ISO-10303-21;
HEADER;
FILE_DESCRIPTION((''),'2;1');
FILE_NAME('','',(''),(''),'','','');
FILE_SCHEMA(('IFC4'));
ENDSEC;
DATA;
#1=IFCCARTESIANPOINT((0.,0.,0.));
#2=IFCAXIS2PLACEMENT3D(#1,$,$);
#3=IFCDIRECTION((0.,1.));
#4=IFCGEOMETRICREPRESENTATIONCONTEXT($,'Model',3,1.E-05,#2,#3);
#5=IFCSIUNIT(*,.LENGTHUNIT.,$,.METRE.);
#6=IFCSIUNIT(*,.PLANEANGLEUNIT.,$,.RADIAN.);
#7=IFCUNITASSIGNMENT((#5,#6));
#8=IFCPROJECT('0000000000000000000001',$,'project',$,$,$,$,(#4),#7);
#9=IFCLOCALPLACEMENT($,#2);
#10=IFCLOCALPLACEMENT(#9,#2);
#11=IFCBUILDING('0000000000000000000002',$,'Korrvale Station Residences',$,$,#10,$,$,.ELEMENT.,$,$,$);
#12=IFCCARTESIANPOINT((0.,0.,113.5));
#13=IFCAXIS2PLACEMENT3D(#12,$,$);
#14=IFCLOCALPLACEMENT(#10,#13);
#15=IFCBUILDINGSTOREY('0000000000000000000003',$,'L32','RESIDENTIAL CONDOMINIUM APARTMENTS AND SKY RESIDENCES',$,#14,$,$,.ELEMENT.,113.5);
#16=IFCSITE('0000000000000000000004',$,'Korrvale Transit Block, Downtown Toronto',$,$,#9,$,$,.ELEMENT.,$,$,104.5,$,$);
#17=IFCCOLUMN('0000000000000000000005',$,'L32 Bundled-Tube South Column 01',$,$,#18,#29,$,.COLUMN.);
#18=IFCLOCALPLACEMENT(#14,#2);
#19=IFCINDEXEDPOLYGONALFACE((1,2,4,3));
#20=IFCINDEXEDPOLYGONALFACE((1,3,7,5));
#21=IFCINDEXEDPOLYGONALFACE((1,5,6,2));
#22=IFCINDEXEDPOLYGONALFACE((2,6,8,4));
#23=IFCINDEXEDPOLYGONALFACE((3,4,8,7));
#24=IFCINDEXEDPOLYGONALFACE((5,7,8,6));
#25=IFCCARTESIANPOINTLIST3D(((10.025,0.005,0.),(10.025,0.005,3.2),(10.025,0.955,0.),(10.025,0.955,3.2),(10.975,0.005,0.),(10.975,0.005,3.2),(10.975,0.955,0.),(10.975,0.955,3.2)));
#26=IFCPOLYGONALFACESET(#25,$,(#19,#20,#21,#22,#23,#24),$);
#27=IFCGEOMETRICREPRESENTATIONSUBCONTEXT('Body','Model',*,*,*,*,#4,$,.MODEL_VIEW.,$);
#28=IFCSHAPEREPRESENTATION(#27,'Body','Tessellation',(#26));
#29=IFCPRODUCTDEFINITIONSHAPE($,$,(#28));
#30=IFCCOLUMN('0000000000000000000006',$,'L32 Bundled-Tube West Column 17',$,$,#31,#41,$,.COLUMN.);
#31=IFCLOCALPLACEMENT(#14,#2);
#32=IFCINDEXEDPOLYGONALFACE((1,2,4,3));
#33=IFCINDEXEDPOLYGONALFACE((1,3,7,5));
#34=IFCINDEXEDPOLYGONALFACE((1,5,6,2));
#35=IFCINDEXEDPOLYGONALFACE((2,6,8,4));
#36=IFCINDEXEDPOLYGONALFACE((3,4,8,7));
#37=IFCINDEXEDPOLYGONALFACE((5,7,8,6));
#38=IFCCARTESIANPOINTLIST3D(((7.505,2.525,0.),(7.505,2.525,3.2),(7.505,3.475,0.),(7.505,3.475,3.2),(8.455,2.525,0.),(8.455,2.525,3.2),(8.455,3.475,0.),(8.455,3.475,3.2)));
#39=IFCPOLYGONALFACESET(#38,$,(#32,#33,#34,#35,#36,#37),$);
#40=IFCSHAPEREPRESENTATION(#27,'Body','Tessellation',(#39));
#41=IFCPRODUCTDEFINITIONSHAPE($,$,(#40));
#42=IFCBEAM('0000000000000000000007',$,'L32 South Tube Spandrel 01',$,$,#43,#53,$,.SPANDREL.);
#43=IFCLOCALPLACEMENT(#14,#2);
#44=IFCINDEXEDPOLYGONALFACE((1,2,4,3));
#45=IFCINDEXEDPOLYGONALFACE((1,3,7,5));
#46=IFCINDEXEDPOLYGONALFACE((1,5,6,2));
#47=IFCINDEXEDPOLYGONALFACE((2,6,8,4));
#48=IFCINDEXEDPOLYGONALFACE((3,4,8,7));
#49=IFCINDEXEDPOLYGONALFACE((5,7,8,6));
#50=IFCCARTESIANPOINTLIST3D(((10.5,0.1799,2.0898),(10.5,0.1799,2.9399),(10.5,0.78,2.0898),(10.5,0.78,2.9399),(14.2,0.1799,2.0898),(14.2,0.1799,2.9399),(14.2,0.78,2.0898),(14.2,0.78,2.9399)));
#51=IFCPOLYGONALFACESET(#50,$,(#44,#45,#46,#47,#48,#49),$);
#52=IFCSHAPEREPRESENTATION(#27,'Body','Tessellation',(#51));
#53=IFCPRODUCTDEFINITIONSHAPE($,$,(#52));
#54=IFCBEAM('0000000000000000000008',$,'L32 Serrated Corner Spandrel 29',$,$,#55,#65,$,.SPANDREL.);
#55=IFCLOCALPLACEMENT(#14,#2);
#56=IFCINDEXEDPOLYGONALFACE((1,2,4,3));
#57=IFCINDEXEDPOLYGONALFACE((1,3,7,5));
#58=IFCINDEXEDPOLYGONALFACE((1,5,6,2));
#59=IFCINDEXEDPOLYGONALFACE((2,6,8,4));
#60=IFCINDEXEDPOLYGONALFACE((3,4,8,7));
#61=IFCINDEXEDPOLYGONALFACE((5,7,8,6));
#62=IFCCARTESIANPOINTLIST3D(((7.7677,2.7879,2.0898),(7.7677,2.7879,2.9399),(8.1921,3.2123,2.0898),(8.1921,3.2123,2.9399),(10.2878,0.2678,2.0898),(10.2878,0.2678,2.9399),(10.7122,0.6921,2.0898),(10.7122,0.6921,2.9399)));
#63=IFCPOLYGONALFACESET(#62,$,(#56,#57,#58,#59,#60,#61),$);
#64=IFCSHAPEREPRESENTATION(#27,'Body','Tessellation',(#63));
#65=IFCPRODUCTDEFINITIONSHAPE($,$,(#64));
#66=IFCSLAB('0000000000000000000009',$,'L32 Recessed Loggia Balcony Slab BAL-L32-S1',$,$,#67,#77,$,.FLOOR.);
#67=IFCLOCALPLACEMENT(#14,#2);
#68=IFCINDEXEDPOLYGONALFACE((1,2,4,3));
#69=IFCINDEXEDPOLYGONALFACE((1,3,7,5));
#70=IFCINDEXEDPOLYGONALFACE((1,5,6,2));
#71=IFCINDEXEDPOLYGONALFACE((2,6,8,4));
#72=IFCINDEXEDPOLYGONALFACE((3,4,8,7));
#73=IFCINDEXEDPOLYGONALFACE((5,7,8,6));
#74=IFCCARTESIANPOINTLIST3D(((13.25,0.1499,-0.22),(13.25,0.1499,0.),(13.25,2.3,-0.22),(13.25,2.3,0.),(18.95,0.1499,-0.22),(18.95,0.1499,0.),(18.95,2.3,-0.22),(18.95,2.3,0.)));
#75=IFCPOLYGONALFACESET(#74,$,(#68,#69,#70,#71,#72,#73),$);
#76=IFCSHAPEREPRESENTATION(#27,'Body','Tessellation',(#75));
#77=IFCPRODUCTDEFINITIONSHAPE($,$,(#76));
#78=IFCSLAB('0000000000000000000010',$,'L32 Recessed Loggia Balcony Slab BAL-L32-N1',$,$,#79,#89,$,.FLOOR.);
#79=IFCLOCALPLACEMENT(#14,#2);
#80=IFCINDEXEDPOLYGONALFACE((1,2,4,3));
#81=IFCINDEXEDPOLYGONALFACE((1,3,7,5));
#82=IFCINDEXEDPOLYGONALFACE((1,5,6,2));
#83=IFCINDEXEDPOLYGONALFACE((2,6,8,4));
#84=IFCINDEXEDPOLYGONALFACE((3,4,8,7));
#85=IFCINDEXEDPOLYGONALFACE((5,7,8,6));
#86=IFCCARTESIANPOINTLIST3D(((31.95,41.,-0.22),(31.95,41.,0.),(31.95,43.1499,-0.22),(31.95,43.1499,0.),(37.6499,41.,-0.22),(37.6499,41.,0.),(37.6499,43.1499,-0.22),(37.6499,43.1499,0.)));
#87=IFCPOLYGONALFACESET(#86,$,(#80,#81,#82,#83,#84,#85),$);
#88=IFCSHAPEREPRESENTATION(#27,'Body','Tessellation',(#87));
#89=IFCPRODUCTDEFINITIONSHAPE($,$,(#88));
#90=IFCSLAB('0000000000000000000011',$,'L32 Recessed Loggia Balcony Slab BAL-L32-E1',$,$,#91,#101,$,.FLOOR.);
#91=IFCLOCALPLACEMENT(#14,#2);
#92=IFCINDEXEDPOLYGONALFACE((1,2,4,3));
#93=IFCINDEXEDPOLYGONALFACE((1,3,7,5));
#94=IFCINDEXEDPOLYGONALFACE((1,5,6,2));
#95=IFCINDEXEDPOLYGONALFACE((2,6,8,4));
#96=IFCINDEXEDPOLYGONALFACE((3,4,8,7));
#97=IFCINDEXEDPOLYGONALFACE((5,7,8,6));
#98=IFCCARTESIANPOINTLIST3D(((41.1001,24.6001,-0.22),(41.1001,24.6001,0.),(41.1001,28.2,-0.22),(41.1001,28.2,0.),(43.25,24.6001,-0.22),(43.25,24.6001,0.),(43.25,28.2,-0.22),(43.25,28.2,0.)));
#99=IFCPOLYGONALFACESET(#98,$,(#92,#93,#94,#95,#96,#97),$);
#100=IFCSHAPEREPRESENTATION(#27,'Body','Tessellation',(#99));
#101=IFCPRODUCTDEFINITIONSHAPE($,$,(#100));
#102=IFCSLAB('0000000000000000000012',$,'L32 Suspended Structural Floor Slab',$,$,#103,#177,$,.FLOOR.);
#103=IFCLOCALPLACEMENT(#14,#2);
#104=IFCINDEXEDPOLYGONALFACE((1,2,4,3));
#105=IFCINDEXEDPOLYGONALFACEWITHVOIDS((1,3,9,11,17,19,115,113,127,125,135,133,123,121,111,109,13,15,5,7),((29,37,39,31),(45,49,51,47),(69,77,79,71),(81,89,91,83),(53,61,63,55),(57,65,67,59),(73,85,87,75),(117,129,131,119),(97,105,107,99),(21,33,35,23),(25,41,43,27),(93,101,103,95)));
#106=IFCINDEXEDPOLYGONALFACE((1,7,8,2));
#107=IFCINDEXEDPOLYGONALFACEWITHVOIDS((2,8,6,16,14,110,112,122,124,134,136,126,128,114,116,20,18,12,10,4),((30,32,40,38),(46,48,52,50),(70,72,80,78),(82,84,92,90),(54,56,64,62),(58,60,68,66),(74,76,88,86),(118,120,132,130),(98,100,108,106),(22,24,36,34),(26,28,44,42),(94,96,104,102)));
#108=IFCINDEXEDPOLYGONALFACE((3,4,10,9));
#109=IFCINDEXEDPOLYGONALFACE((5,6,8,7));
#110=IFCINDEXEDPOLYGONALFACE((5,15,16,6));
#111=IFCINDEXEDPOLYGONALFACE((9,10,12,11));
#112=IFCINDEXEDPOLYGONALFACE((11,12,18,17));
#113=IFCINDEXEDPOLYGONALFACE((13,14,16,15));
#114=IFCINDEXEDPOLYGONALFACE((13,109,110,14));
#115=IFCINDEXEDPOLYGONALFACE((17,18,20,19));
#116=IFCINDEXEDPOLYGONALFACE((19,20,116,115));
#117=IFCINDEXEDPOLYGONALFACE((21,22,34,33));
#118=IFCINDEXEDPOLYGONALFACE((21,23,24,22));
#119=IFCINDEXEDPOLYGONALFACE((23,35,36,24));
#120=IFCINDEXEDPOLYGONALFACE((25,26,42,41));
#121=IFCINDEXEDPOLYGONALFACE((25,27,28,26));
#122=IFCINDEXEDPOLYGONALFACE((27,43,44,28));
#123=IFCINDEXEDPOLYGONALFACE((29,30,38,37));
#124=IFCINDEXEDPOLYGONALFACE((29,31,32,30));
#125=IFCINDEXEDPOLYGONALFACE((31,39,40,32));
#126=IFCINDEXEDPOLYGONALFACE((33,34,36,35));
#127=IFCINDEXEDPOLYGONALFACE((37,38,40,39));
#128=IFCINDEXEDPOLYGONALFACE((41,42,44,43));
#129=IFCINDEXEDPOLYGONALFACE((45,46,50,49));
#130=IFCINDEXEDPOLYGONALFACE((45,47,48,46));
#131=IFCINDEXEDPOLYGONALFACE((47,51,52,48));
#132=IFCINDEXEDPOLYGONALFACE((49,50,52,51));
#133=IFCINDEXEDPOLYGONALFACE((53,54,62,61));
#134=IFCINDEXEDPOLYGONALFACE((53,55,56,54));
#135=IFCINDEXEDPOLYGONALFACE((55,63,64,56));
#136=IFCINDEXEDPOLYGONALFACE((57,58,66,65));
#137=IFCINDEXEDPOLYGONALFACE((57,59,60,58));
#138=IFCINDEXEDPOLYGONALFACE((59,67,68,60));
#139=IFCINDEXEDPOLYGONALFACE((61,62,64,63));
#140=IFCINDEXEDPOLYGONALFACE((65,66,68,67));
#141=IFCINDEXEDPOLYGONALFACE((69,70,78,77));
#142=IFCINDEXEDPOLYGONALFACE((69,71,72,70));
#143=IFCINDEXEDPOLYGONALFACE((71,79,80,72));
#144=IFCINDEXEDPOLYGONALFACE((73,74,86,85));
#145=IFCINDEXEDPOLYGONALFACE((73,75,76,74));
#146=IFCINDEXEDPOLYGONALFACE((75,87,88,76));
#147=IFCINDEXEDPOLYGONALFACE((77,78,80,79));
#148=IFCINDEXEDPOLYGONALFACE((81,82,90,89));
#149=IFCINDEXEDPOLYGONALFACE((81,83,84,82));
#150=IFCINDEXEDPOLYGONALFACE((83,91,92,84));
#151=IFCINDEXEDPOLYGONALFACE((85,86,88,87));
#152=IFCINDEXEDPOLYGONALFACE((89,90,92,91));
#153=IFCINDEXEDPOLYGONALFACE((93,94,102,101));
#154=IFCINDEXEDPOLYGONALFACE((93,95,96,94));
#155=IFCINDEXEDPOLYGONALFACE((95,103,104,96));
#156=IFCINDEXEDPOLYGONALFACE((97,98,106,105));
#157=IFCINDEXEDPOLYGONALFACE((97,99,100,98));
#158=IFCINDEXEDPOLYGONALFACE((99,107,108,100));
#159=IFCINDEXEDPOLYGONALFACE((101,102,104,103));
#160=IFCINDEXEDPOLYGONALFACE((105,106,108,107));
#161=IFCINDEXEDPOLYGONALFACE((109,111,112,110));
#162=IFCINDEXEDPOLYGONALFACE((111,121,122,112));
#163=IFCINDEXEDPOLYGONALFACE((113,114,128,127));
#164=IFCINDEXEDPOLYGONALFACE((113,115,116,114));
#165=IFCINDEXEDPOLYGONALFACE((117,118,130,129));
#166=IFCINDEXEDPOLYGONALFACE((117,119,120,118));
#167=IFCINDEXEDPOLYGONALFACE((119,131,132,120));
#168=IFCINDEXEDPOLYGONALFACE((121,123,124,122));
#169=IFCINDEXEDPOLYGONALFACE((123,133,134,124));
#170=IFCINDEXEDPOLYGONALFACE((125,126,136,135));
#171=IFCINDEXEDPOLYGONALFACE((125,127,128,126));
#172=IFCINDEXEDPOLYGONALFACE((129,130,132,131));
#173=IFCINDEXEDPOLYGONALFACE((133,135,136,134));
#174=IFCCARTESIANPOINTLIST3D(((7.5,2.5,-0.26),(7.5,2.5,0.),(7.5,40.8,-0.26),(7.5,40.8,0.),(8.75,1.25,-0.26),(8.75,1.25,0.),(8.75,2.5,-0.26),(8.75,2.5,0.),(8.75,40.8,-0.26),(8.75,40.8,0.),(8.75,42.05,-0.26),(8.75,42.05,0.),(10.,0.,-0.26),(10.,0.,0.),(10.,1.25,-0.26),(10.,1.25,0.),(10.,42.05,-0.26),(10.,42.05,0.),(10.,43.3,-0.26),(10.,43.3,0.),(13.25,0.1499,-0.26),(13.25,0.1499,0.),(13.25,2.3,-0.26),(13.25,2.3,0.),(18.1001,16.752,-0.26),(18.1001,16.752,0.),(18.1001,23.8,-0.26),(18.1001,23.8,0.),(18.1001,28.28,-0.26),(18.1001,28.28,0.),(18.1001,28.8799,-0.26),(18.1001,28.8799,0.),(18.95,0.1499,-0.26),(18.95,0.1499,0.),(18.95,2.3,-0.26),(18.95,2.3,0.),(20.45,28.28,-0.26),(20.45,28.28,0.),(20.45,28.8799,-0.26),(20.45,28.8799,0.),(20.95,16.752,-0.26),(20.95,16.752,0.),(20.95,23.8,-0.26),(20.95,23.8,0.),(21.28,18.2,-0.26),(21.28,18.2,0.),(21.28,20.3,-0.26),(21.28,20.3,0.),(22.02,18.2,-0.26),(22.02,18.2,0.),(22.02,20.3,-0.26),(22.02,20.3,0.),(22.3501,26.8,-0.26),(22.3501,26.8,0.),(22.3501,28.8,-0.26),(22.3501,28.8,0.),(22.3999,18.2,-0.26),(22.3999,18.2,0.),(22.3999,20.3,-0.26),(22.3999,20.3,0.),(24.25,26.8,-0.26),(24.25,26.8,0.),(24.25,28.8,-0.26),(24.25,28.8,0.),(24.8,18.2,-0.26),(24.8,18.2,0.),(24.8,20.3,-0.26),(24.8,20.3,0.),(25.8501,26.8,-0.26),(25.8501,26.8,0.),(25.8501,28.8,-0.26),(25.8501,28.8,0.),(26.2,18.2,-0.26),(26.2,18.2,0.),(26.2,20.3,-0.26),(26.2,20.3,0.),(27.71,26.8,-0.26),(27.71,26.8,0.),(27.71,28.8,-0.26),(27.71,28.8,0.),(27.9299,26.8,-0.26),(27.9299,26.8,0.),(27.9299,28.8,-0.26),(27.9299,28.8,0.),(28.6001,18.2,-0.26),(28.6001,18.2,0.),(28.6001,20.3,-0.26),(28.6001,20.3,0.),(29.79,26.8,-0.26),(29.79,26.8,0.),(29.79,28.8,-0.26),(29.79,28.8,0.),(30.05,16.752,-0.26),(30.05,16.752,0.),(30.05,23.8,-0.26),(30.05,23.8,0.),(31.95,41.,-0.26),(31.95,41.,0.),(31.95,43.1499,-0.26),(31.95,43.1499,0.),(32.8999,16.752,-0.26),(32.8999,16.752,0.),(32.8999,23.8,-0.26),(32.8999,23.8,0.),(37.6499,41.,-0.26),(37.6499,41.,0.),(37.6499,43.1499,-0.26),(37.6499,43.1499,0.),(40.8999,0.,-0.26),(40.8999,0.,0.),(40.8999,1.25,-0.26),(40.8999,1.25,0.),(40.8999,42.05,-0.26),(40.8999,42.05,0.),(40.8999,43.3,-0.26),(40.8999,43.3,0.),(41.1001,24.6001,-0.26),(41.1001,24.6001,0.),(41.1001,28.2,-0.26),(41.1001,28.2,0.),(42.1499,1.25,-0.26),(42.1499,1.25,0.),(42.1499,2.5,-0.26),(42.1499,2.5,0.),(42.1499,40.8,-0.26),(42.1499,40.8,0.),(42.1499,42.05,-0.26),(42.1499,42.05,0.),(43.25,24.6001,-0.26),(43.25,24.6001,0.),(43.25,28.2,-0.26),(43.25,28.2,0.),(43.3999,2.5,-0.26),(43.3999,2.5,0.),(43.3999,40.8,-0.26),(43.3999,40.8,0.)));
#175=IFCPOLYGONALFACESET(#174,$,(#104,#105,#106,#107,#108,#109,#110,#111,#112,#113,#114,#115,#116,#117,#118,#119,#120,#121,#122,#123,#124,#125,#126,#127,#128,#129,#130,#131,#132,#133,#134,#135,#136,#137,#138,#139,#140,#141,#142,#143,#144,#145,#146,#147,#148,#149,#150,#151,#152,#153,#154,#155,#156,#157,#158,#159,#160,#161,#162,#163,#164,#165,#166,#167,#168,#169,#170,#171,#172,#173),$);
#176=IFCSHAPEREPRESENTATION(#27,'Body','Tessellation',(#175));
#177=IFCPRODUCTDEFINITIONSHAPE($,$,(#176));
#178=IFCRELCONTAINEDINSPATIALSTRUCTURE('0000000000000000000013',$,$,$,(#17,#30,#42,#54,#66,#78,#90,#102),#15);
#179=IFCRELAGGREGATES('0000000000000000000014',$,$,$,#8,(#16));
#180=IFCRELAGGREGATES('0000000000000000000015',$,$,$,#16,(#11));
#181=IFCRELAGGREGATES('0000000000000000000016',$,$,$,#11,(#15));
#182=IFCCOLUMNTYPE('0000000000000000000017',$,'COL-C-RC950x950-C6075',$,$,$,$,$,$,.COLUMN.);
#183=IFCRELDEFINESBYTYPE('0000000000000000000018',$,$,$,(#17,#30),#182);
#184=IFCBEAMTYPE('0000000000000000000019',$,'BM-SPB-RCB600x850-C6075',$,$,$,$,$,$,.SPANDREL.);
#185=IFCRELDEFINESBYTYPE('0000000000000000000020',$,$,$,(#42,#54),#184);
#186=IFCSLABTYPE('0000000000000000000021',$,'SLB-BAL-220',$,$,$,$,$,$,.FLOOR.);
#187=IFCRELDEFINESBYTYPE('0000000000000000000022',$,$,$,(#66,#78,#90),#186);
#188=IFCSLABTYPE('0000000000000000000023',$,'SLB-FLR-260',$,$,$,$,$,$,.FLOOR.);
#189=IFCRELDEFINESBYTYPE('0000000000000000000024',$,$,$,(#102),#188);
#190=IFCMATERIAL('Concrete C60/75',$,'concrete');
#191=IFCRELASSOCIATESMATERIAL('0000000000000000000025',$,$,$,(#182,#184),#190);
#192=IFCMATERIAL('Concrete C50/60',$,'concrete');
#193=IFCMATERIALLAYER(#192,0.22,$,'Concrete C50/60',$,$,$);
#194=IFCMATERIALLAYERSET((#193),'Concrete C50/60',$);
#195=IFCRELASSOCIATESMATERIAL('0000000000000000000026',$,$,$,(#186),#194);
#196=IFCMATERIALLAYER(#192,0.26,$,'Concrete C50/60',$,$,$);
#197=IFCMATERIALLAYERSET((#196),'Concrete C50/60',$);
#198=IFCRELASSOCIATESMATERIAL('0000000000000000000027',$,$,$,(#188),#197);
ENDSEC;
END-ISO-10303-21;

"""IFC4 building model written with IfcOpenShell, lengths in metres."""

from ifc_helpers import new_model, si_unit, direction, frame, origin, origin_2d, place, context, subcontext, project, spatial, polyline, rectangle, outline, extrude, material, layer, layer_set, material_profile, profile_set, type_object, element, save


model = new_model("IFC4")

# Units and contexts
model_context = context("Model", 3, precision=1e-05, world=origin(), true_north=direction((0.0, 1.0)))
body_context = subcontext(model_context, "Body", "Model", "MODEL_VIEW")
ifc_project = project(units=[si_unit("LENGTHUNIT", "METRE"), si_unit("PLANEANGLEUNIT", "RADIAN")], contexts=[model_context])

# Site, building, storey
site_placement = place(None, origin())
site = spatial("IfcSite", under=ifc_project, at=site_placement, Name="Korrvale Transit Block, Downtown Toronto", CompositionType="ELEMENT", RefElevation=104.5)
building_placement = place(site_placement, origin())
building = spatial("IfcBuilding", under=site, at=building_placement, Name="Korrvale Station Residences", CompositionType="ELEMENT")
storey_placement = place(building_placement, frame((0.0, 0.0, 113.5)))
storey = spatial("IfcBuildingStorey", under=building, at=storey_placement, Name="L32", Description="RESIDENTIAL CONDOMINIUM APARTMENTS AND SKY RESIDENCES", CompositionType="ELEMENT", Elevation=113.5)

# Columns
ifc_material_1 = material(Name="Concrete C60/75", Category="concrete")
ifc_material_profile_1 = material_profile(ifc_material_1, rectangle(XDim=0.95, YDim=0.95, at=origin_2d()), Name="RC950x950")
ifc_profile_set_1 = profile_set([ifc_material_profile_1], Name="Concrete C60/75")
column_type = type_object("IfcColumnType", Name="COL-C-RC950x950-C6075", PredefinedType="COLUMN", material=ifc_profile_set_1)
for number, where, z_axis, x_axis, name in (
    (1, (10.5, 0.48, 0.0), (0.0, 0.0, 1.0), (1.0, 0.0, 0.0), "L32 Bundled-Tube South Column 01"),
    (2, (7.98, 3.0, 0.0), (0.0, 0.0, 1.0), (1.0, 0.0, 0.0), "L32 Bundled-Tube West Column 17"),
):
    element("IfcColumn", number, at=place(storey_placement, frame(where, z_axis=z_axis, x_axis=x_axis)), inside=storey, type_object=column_type, Name=name, PredefinedType="COLUMN", context=body_context, shape_type="SweptSolid", body=[
        extrude(rectangle(XDim=0.95, YDim=0.95, at=origin_2d()), origin(), (0.0, 0.0, 1.0), 3.2),
    ])

# Beams
ifc_material_profile_2 = material_profile(ifc_material_1, rectangle(XDim=0.6001, YDim=0.8501, at=origin_2d()), Name="RCB600x850")
ifc_profile_set_2 = profile_set([ifc_material_profile_2], Name="Concrete C60/75")
beam_type = type_object("IfcBeamType", Name="BM-SPB-RCB600x850-C6075", PredefinedType="SPANDREL", material=ifc_profile_set_2)
beam_1_placement = place(storey_placement, frame((10.5, 0.48, 2.5149), z_axis=(1.0, 0.0, 0.0), x_axis=(0.0, 1.0, 0.0)))
element("IfcBeam", 3, at=beam_1_placement, inside=storey, type_object=beam_type, Name="L32 South Tube Spandrel 01", PredefinedType="SPANDREL", context=body_context, shape_type="SweptSolid", body=[
    extrude(rectangle(XDim=0.6001, YDim=0.8501, at=origin_2d()), origin(), (0.0, 0.0, 1.0), 3.7),
])
beam_2_placement = place(storey_placement, frame((10.5, 0.48, 2.5149), z_axis=(-0.707107, 0.707107, 0.0), x_axis=(-0.707107, -0.707107, 0.0)))
element("IfcBeam", 4, at=beam_2_placement, inside=storey, type_object=beam_type, Name="L32 Serrated Corner Spandrel 29", PredefinedType="SPANDREL", context=body_context, shape_type="SweptSolid", body=[
    extrude(rectangle(XDim=0.6001, YDim=0.8501, at=origin_2d()), origin(), (0.0, 0.0, 1.0), 3.564),
])

# Slabs
ifc_material_2 = material(Name="Concrete C50/60", Category="concrete")
ifc_layer_1 = layer(ifc_material_2, 0.22, Name="Concrete C50/60")
ifc_layer_set_1 = layer_set([ifc_layer_1], Name="Concrete C50/60")
slab_type_1 = type_object("IfcSlabType", Name="SLB-BAL-220", PredefinedType="FLOOR", material=ifc_layer_set_1)
slab_1_placement = place(storey_placement, frame((0.0, 0.0, -0.22)))
element("IfcSlab", 5, at=slab_1_placement, inside=storey, type_object=slab_type_1, Name="L32 Recessed Loggia Balcony Slab BAL-L32-S1", PredefinedType="FLOOR", context=body_context, shape_type="SweptSolid", body=[
    extrude(outline(polyline([(13.25, 0.1499), (18.95, 0.1499), (18.95, 2.3), (13.25, 2.3), (13.25, 0.1499)])), origin(), (0.0, 0.0, 1.0), 0.22),
])
slab_2_placement = place(storey_placement, frame((0.0, 0.0, -0.22)))
element("IfcSlab", 6, at=slab_2_placement, inside=storey, type_object=slab_type_1, Name="L32 Recessed Loggia Balcony Slab BAL-L32-N1", PredefinedType="FLOOR", context=body_context, shape_type="SweptSolid", body=[
    extrude(outline(polyline([(31.95, 41.0), (37.6499, 41.0), (37.6499, 43.1499), (31.95, 43.1499), (31.95, 41.0)])), origin(), (0.0, 0.0, 1.0), 0.22),
])
slab_3_placement = place(storey_placement, frame((0.0, 0.0, -0.22)))
element("IfcSlab", 7, at=slab_3_placement, inside=storey, type_object=slab_type_1, Name="L32 Recessed Loggia Balcony Slab BAL-L32-E1", PredefinedType="FLOOR", context=body_context, shape_type="SweptSolid", body=[
    extrude(outline(polyline([(41.1001, 24.6001), (43.25, 24.6001), (43.25, 28.2), (41.1001, 28.2), (41.1001, 24.6001)])), origin(), (0.0, 0.0, 1.0), 0.22),
])
ifc_layer_2 = layer(ifc_material_2, 0.26, Name="Concrete C50/60")
ifc_layer_set_2 = layer_set([ifc_layer_2], Name="Concrete C50/60")
slab_type_2 = type_object("IfcSlabType", Name="SLB-FLR-260", PredefinedType="FLOOR", material=ifc_layer_set_2)
slab_4_placement = place(storey_placement, frame((0.0, 0.0, -0.26)))
element("IfcSlab", 8, at=slab_4_placement, inside=storey, type_object=slab_type_2, Name="L32 Suspended Structural Floor Slab", PredefinedType="FLOOR", context=body_context, shape_type="SweptSolid", body=[
    extrude(outline(polyline([(10.0, 0.0), (40.8999, 0.0), (40.8999, 1.25), (42.1499, 1.25), (42.1499, 2.5), (43.3999, 2.5), (43.3999, 40.8), (42.1499, 40.8), (42.1499, 42.05), (40.8999, 42.05), (40.8999, 43.3), (10.0, 43.3), (10.0, 42.05), (8.75, 42.05), (8.75, 40.8), (7.5, 40.8), (7.5, 2.5), (8.75, 2.5), (8.75, 1.25), (10.0, 1.25), (10.0, 0.0)]), holes=[polyline([(20.95, 16.752), (20.95, 23.8), (18.1001, 23.8), (18.1001, 16.752), (20.95, 16.752)]), polyline([(32.8999, 16.752), (32.8999, 23.8), (30.05, 23.8), (30.05, 16.752), (32.8999, 16.752)]), polyline([(22.3501, 26.8), (24.25, 26.8), (24.25, 28.8), (22.3501, 28.8), (22.3501, 26.8)]), polyline([(25.8501, 26.8), (27.71, 26.8), (27.71, 28.8), (25.8501, 28.8), (25.8501, 26.8)]), polyline([(27.9299, 26.8), (29.79, 26.8), (29.79, 28.8), (27.9299, 28.8), (27.9299, 26.8)]), polyline([(22.3999, 18.2), (24.8, 18.2), (24.8, 20.3), (22.3999, 20.3), (22.3999, 18.2)]), polyline([(26.2, 18.2), (28.6001, 18.2), (28.6001, 20.3), (26.2, 20.3), (26.2, 18.2)]), polyline([(18.1001, 28.28), (20.45, 28.28), (20.45, 28.8799), (18.1001, 28.8799), (18.1001, 28.28)]), polyline([(21.28, 18.2), (22.02, 18.2), (22.02, 20.3), (21.28, 20.3), (21.28, 18.2)]), polyline([(13.25, 0.1499), (18.95, 0.1499), (18.95, 2.3), (13.25, 2.3), (13.25, 0.1499)]), polyline([(31.95, 41.0), (37.6499, 41.0), (37.6499, 43.1499), (31.95, 43.1499), (31.95, 41.0)]), polyline([(41.1001, 24.6001), (43.25, 24.6001), (43.25, 28.2), (41.1001, 28.2), (41.1001, 24.6001)])]), origin(), (0.0, 0.0, 1.0), 0.26),
])

save(model, "model.ifc")
